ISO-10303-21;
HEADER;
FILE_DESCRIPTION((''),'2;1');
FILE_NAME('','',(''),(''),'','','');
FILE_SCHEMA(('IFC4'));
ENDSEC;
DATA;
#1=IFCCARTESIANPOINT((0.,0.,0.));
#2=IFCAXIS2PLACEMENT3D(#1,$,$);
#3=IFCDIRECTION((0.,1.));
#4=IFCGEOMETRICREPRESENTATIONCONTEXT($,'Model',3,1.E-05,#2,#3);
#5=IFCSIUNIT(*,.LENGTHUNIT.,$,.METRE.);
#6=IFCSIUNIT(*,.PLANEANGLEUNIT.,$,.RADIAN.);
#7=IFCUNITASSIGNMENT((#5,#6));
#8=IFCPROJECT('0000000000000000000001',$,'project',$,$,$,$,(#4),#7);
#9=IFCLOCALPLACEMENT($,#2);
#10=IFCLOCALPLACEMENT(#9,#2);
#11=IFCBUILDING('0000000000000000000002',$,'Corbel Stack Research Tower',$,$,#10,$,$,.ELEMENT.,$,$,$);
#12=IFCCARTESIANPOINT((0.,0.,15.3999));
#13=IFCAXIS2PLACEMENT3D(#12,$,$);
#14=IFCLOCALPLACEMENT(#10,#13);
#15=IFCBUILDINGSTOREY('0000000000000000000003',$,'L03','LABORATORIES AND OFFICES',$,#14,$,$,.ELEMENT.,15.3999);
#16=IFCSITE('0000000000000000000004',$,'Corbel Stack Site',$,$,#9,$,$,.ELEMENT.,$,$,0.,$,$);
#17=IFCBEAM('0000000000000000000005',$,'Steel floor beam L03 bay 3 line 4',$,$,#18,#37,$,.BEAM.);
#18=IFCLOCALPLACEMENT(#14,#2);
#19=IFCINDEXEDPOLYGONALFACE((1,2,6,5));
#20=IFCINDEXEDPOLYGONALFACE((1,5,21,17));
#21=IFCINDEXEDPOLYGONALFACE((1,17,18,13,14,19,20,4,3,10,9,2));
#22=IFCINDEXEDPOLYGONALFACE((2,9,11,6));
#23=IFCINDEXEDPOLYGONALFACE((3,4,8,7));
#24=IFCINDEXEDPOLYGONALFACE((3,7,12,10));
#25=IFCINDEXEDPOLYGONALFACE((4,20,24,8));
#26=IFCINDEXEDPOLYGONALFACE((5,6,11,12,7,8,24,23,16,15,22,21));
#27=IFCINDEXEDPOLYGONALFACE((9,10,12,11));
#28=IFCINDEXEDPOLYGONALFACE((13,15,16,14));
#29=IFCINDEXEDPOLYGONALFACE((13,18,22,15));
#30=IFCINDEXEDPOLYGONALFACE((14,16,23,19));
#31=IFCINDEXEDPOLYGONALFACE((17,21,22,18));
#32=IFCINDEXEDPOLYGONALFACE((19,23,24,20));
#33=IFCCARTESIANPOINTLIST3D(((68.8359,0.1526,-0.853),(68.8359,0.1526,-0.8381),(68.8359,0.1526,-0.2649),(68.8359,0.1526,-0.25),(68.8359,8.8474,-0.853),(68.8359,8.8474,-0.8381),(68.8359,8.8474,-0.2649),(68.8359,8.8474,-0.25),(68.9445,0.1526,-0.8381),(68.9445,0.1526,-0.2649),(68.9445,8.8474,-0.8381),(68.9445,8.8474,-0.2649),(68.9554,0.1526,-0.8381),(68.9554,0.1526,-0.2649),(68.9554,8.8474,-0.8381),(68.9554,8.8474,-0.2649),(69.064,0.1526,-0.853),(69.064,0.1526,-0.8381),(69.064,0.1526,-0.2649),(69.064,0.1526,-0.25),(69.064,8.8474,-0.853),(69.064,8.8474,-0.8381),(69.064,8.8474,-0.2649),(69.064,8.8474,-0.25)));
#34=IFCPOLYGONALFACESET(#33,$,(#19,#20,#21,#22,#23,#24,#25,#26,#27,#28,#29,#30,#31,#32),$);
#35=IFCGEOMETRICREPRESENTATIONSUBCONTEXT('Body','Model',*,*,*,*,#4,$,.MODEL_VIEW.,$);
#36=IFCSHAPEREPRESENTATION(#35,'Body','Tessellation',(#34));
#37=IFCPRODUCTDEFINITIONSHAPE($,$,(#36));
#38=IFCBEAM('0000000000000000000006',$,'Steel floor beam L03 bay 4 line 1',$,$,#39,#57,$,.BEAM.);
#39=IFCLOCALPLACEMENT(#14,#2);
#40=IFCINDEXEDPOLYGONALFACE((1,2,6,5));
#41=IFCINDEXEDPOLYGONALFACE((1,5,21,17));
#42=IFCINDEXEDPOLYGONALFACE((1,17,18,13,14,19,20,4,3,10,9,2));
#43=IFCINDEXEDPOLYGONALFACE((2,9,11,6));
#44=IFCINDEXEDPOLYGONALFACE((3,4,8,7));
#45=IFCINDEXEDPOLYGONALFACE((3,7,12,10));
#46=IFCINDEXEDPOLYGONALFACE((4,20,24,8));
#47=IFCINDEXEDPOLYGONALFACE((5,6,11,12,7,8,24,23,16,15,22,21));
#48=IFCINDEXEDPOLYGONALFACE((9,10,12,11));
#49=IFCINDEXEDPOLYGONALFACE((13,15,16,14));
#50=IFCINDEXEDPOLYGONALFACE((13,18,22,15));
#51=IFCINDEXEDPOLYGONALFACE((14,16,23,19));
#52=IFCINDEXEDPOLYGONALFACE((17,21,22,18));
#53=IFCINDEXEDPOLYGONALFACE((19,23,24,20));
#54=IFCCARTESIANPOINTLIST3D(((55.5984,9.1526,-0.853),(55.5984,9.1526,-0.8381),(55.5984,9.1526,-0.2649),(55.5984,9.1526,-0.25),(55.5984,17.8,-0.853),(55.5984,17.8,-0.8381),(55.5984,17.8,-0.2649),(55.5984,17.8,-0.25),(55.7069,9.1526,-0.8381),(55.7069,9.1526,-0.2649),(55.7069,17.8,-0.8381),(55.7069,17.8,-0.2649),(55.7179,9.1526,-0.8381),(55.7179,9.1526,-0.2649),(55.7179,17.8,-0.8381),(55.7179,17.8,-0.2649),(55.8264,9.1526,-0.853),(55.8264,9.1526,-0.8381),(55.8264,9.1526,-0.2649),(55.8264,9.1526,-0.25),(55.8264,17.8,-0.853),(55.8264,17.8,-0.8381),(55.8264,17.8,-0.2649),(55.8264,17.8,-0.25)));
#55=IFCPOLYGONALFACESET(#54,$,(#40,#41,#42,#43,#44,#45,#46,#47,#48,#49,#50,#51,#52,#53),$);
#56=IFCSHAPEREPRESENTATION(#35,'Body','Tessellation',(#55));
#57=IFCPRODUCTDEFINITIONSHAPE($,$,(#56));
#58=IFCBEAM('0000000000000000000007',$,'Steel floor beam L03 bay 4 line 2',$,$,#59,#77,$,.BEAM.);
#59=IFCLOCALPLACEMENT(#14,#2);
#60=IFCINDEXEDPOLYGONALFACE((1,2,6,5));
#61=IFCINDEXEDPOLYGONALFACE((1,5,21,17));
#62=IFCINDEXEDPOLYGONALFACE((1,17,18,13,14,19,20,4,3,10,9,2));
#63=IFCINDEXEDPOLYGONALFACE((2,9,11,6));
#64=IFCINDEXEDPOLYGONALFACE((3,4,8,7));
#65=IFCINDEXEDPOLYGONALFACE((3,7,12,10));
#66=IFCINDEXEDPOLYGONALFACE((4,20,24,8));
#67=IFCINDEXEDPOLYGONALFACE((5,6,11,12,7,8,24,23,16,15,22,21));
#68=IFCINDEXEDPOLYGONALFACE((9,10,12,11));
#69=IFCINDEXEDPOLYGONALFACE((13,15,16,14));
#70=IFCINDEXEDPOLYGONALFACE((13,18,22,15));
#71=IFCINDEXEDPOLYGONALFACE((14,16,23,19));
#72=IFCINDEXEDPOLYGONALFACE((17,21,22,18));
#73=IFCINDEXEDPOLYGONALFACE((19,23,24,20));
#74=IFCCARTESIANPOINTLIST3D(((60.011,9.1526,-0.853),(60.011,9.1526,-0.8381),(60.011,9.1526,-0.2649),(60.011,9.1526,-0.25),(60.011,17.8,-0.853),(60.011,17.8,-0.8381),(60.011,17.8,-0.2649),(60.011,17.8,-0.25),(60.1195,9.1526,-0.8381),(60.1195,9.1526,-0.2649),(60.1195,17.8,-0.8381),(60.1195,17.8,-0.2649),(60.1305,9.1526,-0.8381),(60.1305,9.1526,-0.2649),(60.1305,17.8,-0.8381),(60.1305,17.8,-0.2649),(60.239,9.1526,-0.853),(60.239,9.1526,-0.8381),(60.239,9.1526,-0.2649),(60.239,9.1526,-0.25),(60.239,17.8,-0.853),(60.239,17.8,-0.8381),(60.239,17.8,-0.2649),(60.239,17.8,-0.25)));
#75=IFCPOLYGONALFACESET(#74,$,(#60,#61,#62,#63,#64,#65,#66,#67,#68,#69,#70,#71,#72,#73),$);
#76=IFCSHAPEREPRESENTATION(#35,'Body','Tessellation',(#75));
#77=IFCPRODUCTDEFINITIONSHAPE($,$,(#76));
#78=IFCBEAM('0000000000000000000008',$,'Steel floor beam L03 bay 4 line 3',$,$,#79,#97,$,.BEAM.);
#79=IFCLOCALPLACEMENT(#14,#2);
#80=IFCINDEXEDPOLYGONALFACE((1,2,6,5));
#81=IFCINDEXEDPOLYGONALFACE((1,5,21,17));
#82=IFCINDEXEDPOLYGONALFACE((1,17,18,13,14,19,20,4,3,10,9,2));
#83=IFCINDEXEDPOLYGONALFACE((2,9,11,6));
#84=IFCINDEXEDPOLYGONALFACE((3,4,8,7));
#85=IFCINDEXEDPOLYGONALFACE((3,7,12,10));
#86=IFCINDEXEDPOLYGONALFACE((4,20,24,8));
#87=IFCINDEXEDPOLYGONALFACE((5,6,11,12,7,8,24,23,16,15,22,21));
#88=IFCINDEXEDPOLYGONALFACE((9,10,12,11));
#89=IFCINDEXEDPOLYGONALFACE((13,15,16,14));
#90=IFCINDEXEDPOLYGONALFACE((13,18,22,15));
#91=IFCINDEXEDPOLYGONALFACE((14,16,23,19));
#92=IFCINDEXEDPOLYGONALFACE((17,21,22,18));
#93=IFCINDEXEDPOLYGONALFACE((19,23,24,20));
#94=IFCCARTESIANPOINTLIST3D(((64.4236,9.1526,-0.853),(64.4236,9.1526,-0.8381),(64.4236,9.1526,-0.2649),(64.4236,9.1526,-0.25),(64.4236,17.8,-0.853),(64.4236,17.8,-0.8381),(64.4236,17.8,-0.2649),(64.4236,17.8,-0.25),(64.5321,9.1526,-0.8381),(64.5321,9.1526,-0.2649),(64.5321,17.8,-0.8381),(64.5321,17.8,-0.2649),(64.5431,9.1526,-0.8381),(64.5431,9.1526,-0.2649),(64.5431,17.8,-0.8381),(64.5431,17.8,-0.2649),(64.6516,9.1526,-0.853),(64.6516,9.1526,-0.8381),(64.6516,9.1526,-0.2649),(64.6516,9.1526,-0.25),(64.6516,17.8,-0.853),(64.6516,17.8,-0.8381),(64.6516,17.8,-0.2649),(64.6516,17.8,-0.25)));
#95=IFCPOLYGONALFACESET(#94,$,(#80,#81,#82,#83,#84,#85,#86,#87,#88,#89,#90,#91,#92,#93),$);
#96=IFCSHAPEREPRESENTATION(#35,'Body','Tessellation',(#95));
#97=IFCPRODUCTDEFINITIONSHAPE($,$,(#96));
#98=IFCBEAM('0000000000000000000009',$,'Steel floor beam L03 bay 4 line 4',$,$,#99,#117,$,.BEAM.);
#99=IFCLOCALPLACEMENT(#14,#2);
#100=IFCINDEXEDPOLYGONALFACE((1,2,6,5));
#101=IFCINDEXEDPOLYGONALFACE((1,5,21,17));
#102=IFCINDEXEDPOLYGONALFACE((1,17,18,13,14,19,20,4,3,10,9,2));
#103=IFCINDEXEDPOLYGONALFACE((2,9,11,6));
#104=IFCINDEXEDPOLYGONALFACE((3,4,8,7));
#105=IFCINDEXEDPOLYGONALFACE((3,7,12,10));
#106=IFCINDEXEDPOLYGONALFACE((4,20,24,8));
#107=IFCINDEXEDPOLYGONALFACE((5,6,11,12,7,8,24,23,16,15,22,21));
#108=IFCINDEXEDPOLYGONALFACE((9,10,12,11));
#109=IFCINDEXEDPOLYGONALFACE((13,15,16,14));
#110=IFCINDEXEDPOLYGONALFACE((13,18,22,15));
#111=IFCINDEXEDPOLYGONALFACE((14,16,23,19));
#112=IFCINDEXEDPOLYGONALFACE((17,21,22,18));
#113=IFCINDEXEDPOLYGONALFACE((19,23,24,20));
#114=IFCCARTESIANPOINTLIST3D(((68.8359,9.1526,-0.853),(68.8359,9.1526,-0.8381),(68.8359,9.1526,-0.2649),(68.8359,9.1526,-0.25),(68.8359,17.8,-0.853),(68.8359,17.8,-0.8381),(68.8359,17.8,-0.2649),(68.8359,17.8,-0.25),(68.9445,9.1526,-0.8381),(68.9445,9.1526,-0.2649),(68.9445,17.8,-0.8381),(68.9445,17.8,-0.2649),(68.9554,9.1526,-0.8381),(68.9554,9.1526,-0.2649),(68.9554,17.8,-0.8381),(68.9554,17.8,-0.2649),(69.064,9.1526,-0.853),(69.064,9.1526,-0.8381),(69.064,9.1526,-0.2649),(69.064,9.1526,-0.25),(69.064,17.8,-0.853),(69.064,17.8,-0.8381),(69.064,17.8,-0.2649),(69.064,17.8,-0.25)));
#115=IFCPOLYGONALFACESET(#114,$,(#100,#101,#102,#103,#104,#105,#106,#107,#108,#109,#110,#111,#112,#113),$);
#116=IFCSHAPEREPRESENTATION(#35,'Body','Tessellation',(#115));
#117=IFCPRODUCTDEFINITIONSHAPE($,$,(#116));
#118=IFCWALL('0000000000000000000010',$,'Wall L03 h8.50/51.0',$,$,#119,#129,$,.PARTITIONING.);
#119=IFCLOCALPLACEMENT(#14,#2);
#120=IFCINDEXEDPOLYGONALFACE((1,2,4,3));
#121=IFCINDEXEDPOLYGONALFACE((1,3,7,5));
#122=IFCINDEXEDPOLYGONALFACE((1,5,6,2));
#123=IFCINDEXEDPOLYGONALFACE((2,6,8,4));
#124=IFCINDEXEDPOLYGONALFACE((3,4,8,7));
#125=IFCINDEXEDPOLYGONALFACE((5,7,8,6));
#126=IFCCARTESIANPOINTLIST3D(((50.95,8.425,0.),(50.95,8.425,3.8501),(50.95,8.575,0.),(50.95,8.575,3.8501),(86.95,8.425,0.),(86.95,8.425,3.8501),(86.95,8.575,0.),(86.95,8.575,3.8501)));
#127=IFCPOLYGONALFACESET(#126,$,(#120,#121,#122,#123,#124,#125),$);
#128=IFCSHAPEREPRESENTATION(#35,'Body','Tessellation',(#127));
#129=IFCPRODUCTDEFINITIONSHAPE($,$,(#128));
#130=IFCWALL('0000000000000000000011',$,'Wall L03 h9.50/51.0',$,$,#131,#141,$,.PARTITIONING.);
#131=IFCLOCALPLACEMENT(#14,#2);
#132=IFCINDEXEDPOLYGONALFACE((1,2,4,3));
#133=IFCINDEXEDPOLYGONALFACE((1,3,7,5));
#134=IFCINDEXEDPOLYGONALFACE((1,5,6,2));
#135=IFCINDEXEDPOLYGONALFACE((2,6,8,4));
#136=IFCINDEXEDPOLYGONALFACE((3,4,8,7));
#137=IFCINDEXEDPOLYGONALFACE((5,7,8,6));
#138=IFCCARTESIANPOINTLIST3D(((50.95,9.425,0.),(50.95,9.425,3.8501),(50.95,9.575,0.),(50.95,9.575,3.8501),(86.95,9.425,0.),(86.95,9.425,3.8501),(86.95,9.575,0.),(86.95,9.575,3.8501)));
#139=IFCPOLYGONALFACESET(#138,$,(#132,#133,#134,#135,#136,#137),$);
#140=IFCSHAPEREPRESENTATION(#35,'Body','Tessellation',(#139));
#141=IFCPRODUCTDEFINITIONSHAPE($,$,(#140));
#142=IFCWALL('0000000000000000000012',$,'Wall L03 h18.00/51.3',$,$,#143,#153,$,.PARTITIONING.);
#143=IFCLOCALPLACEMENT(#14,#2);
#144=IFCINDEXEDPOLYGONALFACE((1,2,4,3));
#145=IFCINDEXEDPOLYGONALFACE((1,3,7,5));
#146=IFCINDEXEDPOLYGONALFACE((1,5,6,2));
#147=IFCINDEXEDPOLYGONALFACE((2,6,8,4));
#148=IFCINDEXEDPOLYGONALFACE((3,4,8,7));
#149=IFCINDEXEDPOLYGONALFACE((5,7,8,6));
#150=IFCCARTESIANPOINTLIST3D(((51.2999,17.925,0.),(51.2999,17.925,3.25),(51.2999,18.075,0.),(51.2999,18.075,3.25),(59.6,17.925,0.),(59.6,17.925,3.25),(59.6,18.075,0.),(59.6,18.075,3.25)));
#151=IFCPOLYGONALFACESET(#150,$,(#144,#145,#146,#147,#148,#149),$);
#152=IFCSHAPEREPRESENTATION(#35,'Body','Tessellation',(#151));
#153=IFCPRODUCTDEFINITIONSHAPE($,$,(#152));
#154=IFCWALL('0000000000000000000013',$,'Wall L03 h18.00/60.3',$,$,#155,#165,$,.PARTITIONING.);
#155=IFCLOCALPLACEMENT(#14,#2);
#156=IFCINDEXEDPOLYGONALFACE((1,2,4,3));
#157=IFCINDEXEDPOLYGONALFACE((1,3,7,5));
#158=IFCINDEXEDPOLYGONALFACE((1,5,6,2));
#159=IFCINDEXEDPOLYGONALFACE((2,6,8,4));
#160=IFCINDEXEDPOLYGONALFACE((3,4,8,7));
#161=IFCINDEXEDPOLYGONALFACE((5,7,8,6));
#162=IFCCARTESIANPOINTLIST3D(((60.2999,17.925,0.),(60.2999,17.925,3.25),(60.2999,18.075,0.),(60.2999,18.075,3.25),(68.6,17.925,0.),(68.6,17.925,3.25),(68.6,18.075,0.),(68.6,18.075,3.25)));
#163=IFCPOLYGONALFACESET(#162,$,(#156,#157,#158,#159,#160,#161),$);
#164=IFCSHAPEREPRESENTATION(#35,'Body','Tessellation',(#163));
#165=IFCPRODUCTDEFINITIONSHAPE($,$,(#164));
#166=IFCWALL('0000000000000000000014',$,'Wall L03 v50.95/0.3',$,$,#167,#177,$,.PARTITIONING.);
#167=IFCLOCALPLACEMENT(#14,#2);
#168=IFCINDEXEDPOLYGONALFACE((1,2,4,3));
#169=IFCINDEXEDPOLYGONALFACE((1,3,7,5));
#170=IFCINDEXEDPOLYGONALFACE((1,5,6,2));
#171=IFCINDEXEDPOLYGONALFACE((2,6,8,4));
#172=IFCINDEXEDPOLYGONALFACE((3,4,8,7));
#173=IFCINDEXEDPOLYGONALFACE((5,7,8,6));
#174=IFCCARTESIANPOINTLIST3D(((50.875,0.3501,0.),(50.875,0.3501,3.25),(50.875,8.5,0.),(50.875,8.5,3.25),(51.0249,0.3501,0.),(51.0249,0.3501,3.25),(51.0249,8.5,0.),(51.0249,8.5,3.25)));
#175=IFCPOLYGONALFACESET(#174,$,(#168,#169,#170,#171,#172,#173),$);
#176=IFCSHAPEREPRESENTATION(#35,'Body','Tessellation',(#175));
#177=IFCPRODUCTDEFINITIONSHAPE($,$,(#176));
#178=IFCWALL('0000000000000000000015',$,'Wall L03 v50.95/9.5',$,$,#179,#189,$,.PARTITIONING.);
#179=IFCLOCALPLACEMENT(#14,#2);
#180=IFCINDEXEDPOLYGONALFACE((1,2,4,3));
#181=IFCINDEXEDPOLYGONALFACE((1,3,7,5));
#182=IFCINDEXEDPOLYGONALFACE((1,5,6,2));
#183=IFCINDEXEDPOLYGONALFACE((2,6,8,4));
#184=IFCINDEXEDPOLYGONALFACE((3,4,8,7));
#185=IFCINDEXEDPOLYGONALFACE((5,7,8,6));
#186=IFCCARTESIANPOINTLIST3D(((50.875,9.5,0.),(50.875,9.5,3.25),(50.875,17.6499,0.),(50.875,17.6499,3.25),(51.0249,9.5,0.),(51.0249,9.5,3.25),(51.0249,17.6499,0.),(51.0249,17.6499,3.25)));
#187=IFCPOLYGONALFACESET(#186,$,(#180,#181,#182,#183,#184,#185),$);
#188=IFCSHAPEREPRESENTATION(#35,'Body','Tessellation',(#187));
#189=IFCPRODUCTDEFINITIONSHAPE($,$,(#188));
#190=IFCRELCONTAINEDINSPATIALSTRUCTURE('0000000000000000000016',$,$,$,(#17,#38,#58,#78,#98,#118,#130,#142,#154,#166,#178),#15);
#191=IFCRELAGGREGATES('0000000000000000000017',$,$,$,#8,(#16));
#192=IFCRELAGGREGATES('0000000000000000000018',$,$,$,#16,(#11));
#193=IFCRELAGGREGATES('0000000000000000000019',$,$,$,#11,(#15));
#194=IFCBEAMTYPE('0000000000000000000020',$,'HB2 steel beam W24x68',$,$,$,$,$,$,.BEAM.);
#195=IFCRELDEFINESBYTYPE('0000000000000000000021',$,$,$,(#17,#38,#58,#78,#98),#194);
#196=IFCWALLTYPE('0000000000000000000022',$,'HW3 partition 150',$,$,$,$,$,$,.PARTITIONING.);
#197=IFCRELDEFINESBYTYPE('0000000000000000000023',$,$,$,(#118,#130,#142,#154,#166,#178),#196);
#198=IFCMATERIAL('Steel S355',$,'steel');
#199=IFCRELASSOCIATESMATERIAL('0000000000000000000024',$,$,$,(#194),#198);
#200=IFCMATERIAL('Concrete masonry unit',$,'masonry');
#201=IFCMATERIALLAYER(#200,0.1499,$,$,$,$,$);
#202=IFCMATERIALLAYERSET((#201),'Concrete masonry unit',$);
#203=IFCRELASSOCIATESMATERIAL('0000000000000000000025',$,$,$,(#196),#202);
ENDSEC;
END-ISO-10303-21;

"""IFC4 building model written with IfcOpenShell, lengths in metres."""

from ifc_helpers import new_model, si_unit, direction, frame, frame_2d, origin, origin_2d, place, context, subcontext, project, spatial, rectangle, i_section, extrude, material, layer, layer_set, material_profile, profile_set, type_object, element, save


model = new_model("IFC4")

# Units and contexts
model_context = context("Model", 3, precision=1e-05, world=origin(), true_north=direction((0.0, 1.0)))
body_context = subcontext(model_context, "Body", "Model", "MODEL_VIEW")
ifc_project = project(units=[si_unit("LENGTHUNIT", "METRE"), si_unit("PLANEANGLEUNIT", "RADIAN")], contexts=[model_context])

# Site, building, storey
site_placement = place(None, origin())
site = spatial("IfcSite", under=ifc_project, at=site_placement, Name="Corbel Stack Site", CompositionType="ELEMENT", RefElevation=0.0)
building_placement = place(site_placement, origin())
building = spatial("IfcBuilding", under=site, at=building_placement, Name="Corbel Stack Research Tower", CompositionType="ELEMENT")
storey_placement = place(building_placement, frame((0.0, 0.0, 15.3999)))
storey = spatial("IfcBuildingStorey", under=building, at=storey_placement, Name="L03", Description="LABORATORIES AND OFFICES", CompositionType="ELEMENT", Elevation=15.3999)

# Beams
ifc_material_1 = material(Name="Steel S355", Category="steel")
ifc_material_profile_1 = material_profile(ifc_material_1, i_section(OverallWidth=0.228, OverallDepth=0.603, WebThickness=0.011, FlangeThickness=0.0149, at=origin_2d()), Name="W24x68")
ifc_profile_set_1 = profile_set([ifc_material_profile_1], Name="Steel S355")
beam_type_1 = type_object("IfcBeamType", Name="HB2 steel beam W24x68", PredefinedType="BEAM", material=ifc_profile_set_1)
for number, where, z_axis, x_axis, name in (
    (1, (68.95, 0.1526, -0.5515), (0.0, 1.0, 0.0), (-1.0, 0.0, 0.0), "Steel floor beam L03 bay 3 line 4"),
):
    element("IfcBeam", number, at=place(storey_placement, frame(where, z_axis=z_axis, x_axis=x_axis)), inside=storey, type_object=beam_type_1, Name=name, PredefinedType="BEAM", context=body_context, shape_type="SweptSolid", body=[
        extrude(i_section(OverallWidth=0.228, OverallDepth=0.603, WebThickness=0.011, FlangeThickness=0.0149, at=origin_2d()), origin(), (0.0, 0.0, 1.0), 8.6948),
    ])
for number, where, z_axis, x_axis, name in (
    (2, (55.7124, 9.1526, -0.5515), (0.0, 1.0, 0.0), (-1.0, 0.0, 0.0), "Steel floor beam L03 bay 4 line 1"),
    (3, (60.125, 9.1526, -0.5515), (0.0, 1.0, 0.0), (-1.0, 0.0, 0.0), "Steel floor beam L03 bay 4 line 2"),
    (4, (64.5376, 9.1526, -0.5515), (0.0, 1.0, 0.0), (-1.0, 0.0, 0.0), "Steel floor beam L03 bay 4 line 3"),
    (5, (68.95, 9.1526, -0.5515), (0.0, 1.0, 0.0), (-1.0, 0.0, 0.0), "Steel floor beam L03 bay 4 line 4"),
):
    element("IfcBeam", number, at=place(storey_placement, frame(where, z_axis=z_axis, x_axis=x_axis)), inside=storey, type_object=beam_type_1, Name=name, PredefinedType="BEAM", context=body_context, shape_type="SweptSolid", body=[
        extrude(i_section(OverallWidth=0.228, OverallDepth=0.603, WebThickness=0.011, FlangeThickness=0.0149, at=origin_2d()), origin(), (0.0, 0.0, 1.0), 8.6475),
    ])

# Walls
ifc_material_2 = material(Name="Concrete masonry unit", Category="masonry")
ifc_layer = layer(ifc_material_2, 0.1499)
ifc_layer_set = layer_set([ifc_layer], Name="Concrete masonry unit")
wall_type = type_object("IfcWallType", Name="HW3 partition 150", PredefinedType="PARTITIONING", material=ifc_layer_set)
for number, where, z_axis, x_axis, name in (
    (6, (50.95, 8.5, 0.0), (0.0, 0.0, 1.0), (1.0, 0.0, 0.0), "Wall L03 h8.50/51.0"),
    (7, (50.95, 9.5, 0.0), (0.0, 0.0, 1.0), (1.0, 0.0, 0.0), "Wall L03 h9.50/51.0"),
):
    element("IfcWall", number, at=place(storey_placement, frame(where, z_axis=z_axis, x_axis=x_axis)), inside=storey, type_object=wall_type, Name=name, PredefinedType="PARTITIONING", context=body_context, shape_type="SweptSolid", body=[
        extrude(rectangle(XDim=36.0, YDim=0.1499, at=frame_2d((18.0, 0.0))), origin(), (0.0, 0.0, 1.0), 3.8501),
    ])
for number, where, z_axis, x_axis, name in (
    (8, (51.3, 18.0, 0.0), (0.0, 0.0, 1.0), (1.0, 0.0, 0.0), "Wall L03 h18.00/51.3"),
    (9, (60.3, 18.0, 0.0), (0.0, 0.0, 1.0), (1.0, 0.0, 0.0), "Wall L03 h18.00/60.3"),
):
    element("IfcWall", number, at=place(storey_placement, frame(where, z_axis=z_axis, x_axis=x_axis)), inside=storey, type_object=wall_type, Name=name, PredefinedType="PARTITIONING", context=body_context, shape_type="SweptSolid", body=[
        extrude(rectangle(XDim=8.3, YDim=0.1499, at=frame_2d((4.1499, 0.0))), origin(), (0.0, 0.0, 1.0), 3.25),
    ])
for number, where, z_axis, x_axis, name in (
    (10, (50.95, 0.3501, 0.0), (0.0, 0.0, 1.0), (0.0, 1.0, 0.0), "Wall L03 v50.95/0.3"),
    (11, (50.95, 9.5, 0.0), (0.0, 0.0, 1.0), (0.0, 1.0, 0.0), "Wall L03 v50.95/9.5"),
):
    element("IfcWall", number, at=place(storey_placement, frame(where, z_axis=z_axis, x_axis=x_axis)), inside=storey, type_object=wall_type, Name=name, PredefinedType="PARTITIONING", context=body_context, shape_type="SweptSolid", body=[
        extrude(rectangle(XDim=8.1499, YDim=0.1499, at=frame_2d((4.075, 0.0))), origin(), (0.0, 0.0, 1.0), 3.25),
    ])

save(model, "model.ifc")
